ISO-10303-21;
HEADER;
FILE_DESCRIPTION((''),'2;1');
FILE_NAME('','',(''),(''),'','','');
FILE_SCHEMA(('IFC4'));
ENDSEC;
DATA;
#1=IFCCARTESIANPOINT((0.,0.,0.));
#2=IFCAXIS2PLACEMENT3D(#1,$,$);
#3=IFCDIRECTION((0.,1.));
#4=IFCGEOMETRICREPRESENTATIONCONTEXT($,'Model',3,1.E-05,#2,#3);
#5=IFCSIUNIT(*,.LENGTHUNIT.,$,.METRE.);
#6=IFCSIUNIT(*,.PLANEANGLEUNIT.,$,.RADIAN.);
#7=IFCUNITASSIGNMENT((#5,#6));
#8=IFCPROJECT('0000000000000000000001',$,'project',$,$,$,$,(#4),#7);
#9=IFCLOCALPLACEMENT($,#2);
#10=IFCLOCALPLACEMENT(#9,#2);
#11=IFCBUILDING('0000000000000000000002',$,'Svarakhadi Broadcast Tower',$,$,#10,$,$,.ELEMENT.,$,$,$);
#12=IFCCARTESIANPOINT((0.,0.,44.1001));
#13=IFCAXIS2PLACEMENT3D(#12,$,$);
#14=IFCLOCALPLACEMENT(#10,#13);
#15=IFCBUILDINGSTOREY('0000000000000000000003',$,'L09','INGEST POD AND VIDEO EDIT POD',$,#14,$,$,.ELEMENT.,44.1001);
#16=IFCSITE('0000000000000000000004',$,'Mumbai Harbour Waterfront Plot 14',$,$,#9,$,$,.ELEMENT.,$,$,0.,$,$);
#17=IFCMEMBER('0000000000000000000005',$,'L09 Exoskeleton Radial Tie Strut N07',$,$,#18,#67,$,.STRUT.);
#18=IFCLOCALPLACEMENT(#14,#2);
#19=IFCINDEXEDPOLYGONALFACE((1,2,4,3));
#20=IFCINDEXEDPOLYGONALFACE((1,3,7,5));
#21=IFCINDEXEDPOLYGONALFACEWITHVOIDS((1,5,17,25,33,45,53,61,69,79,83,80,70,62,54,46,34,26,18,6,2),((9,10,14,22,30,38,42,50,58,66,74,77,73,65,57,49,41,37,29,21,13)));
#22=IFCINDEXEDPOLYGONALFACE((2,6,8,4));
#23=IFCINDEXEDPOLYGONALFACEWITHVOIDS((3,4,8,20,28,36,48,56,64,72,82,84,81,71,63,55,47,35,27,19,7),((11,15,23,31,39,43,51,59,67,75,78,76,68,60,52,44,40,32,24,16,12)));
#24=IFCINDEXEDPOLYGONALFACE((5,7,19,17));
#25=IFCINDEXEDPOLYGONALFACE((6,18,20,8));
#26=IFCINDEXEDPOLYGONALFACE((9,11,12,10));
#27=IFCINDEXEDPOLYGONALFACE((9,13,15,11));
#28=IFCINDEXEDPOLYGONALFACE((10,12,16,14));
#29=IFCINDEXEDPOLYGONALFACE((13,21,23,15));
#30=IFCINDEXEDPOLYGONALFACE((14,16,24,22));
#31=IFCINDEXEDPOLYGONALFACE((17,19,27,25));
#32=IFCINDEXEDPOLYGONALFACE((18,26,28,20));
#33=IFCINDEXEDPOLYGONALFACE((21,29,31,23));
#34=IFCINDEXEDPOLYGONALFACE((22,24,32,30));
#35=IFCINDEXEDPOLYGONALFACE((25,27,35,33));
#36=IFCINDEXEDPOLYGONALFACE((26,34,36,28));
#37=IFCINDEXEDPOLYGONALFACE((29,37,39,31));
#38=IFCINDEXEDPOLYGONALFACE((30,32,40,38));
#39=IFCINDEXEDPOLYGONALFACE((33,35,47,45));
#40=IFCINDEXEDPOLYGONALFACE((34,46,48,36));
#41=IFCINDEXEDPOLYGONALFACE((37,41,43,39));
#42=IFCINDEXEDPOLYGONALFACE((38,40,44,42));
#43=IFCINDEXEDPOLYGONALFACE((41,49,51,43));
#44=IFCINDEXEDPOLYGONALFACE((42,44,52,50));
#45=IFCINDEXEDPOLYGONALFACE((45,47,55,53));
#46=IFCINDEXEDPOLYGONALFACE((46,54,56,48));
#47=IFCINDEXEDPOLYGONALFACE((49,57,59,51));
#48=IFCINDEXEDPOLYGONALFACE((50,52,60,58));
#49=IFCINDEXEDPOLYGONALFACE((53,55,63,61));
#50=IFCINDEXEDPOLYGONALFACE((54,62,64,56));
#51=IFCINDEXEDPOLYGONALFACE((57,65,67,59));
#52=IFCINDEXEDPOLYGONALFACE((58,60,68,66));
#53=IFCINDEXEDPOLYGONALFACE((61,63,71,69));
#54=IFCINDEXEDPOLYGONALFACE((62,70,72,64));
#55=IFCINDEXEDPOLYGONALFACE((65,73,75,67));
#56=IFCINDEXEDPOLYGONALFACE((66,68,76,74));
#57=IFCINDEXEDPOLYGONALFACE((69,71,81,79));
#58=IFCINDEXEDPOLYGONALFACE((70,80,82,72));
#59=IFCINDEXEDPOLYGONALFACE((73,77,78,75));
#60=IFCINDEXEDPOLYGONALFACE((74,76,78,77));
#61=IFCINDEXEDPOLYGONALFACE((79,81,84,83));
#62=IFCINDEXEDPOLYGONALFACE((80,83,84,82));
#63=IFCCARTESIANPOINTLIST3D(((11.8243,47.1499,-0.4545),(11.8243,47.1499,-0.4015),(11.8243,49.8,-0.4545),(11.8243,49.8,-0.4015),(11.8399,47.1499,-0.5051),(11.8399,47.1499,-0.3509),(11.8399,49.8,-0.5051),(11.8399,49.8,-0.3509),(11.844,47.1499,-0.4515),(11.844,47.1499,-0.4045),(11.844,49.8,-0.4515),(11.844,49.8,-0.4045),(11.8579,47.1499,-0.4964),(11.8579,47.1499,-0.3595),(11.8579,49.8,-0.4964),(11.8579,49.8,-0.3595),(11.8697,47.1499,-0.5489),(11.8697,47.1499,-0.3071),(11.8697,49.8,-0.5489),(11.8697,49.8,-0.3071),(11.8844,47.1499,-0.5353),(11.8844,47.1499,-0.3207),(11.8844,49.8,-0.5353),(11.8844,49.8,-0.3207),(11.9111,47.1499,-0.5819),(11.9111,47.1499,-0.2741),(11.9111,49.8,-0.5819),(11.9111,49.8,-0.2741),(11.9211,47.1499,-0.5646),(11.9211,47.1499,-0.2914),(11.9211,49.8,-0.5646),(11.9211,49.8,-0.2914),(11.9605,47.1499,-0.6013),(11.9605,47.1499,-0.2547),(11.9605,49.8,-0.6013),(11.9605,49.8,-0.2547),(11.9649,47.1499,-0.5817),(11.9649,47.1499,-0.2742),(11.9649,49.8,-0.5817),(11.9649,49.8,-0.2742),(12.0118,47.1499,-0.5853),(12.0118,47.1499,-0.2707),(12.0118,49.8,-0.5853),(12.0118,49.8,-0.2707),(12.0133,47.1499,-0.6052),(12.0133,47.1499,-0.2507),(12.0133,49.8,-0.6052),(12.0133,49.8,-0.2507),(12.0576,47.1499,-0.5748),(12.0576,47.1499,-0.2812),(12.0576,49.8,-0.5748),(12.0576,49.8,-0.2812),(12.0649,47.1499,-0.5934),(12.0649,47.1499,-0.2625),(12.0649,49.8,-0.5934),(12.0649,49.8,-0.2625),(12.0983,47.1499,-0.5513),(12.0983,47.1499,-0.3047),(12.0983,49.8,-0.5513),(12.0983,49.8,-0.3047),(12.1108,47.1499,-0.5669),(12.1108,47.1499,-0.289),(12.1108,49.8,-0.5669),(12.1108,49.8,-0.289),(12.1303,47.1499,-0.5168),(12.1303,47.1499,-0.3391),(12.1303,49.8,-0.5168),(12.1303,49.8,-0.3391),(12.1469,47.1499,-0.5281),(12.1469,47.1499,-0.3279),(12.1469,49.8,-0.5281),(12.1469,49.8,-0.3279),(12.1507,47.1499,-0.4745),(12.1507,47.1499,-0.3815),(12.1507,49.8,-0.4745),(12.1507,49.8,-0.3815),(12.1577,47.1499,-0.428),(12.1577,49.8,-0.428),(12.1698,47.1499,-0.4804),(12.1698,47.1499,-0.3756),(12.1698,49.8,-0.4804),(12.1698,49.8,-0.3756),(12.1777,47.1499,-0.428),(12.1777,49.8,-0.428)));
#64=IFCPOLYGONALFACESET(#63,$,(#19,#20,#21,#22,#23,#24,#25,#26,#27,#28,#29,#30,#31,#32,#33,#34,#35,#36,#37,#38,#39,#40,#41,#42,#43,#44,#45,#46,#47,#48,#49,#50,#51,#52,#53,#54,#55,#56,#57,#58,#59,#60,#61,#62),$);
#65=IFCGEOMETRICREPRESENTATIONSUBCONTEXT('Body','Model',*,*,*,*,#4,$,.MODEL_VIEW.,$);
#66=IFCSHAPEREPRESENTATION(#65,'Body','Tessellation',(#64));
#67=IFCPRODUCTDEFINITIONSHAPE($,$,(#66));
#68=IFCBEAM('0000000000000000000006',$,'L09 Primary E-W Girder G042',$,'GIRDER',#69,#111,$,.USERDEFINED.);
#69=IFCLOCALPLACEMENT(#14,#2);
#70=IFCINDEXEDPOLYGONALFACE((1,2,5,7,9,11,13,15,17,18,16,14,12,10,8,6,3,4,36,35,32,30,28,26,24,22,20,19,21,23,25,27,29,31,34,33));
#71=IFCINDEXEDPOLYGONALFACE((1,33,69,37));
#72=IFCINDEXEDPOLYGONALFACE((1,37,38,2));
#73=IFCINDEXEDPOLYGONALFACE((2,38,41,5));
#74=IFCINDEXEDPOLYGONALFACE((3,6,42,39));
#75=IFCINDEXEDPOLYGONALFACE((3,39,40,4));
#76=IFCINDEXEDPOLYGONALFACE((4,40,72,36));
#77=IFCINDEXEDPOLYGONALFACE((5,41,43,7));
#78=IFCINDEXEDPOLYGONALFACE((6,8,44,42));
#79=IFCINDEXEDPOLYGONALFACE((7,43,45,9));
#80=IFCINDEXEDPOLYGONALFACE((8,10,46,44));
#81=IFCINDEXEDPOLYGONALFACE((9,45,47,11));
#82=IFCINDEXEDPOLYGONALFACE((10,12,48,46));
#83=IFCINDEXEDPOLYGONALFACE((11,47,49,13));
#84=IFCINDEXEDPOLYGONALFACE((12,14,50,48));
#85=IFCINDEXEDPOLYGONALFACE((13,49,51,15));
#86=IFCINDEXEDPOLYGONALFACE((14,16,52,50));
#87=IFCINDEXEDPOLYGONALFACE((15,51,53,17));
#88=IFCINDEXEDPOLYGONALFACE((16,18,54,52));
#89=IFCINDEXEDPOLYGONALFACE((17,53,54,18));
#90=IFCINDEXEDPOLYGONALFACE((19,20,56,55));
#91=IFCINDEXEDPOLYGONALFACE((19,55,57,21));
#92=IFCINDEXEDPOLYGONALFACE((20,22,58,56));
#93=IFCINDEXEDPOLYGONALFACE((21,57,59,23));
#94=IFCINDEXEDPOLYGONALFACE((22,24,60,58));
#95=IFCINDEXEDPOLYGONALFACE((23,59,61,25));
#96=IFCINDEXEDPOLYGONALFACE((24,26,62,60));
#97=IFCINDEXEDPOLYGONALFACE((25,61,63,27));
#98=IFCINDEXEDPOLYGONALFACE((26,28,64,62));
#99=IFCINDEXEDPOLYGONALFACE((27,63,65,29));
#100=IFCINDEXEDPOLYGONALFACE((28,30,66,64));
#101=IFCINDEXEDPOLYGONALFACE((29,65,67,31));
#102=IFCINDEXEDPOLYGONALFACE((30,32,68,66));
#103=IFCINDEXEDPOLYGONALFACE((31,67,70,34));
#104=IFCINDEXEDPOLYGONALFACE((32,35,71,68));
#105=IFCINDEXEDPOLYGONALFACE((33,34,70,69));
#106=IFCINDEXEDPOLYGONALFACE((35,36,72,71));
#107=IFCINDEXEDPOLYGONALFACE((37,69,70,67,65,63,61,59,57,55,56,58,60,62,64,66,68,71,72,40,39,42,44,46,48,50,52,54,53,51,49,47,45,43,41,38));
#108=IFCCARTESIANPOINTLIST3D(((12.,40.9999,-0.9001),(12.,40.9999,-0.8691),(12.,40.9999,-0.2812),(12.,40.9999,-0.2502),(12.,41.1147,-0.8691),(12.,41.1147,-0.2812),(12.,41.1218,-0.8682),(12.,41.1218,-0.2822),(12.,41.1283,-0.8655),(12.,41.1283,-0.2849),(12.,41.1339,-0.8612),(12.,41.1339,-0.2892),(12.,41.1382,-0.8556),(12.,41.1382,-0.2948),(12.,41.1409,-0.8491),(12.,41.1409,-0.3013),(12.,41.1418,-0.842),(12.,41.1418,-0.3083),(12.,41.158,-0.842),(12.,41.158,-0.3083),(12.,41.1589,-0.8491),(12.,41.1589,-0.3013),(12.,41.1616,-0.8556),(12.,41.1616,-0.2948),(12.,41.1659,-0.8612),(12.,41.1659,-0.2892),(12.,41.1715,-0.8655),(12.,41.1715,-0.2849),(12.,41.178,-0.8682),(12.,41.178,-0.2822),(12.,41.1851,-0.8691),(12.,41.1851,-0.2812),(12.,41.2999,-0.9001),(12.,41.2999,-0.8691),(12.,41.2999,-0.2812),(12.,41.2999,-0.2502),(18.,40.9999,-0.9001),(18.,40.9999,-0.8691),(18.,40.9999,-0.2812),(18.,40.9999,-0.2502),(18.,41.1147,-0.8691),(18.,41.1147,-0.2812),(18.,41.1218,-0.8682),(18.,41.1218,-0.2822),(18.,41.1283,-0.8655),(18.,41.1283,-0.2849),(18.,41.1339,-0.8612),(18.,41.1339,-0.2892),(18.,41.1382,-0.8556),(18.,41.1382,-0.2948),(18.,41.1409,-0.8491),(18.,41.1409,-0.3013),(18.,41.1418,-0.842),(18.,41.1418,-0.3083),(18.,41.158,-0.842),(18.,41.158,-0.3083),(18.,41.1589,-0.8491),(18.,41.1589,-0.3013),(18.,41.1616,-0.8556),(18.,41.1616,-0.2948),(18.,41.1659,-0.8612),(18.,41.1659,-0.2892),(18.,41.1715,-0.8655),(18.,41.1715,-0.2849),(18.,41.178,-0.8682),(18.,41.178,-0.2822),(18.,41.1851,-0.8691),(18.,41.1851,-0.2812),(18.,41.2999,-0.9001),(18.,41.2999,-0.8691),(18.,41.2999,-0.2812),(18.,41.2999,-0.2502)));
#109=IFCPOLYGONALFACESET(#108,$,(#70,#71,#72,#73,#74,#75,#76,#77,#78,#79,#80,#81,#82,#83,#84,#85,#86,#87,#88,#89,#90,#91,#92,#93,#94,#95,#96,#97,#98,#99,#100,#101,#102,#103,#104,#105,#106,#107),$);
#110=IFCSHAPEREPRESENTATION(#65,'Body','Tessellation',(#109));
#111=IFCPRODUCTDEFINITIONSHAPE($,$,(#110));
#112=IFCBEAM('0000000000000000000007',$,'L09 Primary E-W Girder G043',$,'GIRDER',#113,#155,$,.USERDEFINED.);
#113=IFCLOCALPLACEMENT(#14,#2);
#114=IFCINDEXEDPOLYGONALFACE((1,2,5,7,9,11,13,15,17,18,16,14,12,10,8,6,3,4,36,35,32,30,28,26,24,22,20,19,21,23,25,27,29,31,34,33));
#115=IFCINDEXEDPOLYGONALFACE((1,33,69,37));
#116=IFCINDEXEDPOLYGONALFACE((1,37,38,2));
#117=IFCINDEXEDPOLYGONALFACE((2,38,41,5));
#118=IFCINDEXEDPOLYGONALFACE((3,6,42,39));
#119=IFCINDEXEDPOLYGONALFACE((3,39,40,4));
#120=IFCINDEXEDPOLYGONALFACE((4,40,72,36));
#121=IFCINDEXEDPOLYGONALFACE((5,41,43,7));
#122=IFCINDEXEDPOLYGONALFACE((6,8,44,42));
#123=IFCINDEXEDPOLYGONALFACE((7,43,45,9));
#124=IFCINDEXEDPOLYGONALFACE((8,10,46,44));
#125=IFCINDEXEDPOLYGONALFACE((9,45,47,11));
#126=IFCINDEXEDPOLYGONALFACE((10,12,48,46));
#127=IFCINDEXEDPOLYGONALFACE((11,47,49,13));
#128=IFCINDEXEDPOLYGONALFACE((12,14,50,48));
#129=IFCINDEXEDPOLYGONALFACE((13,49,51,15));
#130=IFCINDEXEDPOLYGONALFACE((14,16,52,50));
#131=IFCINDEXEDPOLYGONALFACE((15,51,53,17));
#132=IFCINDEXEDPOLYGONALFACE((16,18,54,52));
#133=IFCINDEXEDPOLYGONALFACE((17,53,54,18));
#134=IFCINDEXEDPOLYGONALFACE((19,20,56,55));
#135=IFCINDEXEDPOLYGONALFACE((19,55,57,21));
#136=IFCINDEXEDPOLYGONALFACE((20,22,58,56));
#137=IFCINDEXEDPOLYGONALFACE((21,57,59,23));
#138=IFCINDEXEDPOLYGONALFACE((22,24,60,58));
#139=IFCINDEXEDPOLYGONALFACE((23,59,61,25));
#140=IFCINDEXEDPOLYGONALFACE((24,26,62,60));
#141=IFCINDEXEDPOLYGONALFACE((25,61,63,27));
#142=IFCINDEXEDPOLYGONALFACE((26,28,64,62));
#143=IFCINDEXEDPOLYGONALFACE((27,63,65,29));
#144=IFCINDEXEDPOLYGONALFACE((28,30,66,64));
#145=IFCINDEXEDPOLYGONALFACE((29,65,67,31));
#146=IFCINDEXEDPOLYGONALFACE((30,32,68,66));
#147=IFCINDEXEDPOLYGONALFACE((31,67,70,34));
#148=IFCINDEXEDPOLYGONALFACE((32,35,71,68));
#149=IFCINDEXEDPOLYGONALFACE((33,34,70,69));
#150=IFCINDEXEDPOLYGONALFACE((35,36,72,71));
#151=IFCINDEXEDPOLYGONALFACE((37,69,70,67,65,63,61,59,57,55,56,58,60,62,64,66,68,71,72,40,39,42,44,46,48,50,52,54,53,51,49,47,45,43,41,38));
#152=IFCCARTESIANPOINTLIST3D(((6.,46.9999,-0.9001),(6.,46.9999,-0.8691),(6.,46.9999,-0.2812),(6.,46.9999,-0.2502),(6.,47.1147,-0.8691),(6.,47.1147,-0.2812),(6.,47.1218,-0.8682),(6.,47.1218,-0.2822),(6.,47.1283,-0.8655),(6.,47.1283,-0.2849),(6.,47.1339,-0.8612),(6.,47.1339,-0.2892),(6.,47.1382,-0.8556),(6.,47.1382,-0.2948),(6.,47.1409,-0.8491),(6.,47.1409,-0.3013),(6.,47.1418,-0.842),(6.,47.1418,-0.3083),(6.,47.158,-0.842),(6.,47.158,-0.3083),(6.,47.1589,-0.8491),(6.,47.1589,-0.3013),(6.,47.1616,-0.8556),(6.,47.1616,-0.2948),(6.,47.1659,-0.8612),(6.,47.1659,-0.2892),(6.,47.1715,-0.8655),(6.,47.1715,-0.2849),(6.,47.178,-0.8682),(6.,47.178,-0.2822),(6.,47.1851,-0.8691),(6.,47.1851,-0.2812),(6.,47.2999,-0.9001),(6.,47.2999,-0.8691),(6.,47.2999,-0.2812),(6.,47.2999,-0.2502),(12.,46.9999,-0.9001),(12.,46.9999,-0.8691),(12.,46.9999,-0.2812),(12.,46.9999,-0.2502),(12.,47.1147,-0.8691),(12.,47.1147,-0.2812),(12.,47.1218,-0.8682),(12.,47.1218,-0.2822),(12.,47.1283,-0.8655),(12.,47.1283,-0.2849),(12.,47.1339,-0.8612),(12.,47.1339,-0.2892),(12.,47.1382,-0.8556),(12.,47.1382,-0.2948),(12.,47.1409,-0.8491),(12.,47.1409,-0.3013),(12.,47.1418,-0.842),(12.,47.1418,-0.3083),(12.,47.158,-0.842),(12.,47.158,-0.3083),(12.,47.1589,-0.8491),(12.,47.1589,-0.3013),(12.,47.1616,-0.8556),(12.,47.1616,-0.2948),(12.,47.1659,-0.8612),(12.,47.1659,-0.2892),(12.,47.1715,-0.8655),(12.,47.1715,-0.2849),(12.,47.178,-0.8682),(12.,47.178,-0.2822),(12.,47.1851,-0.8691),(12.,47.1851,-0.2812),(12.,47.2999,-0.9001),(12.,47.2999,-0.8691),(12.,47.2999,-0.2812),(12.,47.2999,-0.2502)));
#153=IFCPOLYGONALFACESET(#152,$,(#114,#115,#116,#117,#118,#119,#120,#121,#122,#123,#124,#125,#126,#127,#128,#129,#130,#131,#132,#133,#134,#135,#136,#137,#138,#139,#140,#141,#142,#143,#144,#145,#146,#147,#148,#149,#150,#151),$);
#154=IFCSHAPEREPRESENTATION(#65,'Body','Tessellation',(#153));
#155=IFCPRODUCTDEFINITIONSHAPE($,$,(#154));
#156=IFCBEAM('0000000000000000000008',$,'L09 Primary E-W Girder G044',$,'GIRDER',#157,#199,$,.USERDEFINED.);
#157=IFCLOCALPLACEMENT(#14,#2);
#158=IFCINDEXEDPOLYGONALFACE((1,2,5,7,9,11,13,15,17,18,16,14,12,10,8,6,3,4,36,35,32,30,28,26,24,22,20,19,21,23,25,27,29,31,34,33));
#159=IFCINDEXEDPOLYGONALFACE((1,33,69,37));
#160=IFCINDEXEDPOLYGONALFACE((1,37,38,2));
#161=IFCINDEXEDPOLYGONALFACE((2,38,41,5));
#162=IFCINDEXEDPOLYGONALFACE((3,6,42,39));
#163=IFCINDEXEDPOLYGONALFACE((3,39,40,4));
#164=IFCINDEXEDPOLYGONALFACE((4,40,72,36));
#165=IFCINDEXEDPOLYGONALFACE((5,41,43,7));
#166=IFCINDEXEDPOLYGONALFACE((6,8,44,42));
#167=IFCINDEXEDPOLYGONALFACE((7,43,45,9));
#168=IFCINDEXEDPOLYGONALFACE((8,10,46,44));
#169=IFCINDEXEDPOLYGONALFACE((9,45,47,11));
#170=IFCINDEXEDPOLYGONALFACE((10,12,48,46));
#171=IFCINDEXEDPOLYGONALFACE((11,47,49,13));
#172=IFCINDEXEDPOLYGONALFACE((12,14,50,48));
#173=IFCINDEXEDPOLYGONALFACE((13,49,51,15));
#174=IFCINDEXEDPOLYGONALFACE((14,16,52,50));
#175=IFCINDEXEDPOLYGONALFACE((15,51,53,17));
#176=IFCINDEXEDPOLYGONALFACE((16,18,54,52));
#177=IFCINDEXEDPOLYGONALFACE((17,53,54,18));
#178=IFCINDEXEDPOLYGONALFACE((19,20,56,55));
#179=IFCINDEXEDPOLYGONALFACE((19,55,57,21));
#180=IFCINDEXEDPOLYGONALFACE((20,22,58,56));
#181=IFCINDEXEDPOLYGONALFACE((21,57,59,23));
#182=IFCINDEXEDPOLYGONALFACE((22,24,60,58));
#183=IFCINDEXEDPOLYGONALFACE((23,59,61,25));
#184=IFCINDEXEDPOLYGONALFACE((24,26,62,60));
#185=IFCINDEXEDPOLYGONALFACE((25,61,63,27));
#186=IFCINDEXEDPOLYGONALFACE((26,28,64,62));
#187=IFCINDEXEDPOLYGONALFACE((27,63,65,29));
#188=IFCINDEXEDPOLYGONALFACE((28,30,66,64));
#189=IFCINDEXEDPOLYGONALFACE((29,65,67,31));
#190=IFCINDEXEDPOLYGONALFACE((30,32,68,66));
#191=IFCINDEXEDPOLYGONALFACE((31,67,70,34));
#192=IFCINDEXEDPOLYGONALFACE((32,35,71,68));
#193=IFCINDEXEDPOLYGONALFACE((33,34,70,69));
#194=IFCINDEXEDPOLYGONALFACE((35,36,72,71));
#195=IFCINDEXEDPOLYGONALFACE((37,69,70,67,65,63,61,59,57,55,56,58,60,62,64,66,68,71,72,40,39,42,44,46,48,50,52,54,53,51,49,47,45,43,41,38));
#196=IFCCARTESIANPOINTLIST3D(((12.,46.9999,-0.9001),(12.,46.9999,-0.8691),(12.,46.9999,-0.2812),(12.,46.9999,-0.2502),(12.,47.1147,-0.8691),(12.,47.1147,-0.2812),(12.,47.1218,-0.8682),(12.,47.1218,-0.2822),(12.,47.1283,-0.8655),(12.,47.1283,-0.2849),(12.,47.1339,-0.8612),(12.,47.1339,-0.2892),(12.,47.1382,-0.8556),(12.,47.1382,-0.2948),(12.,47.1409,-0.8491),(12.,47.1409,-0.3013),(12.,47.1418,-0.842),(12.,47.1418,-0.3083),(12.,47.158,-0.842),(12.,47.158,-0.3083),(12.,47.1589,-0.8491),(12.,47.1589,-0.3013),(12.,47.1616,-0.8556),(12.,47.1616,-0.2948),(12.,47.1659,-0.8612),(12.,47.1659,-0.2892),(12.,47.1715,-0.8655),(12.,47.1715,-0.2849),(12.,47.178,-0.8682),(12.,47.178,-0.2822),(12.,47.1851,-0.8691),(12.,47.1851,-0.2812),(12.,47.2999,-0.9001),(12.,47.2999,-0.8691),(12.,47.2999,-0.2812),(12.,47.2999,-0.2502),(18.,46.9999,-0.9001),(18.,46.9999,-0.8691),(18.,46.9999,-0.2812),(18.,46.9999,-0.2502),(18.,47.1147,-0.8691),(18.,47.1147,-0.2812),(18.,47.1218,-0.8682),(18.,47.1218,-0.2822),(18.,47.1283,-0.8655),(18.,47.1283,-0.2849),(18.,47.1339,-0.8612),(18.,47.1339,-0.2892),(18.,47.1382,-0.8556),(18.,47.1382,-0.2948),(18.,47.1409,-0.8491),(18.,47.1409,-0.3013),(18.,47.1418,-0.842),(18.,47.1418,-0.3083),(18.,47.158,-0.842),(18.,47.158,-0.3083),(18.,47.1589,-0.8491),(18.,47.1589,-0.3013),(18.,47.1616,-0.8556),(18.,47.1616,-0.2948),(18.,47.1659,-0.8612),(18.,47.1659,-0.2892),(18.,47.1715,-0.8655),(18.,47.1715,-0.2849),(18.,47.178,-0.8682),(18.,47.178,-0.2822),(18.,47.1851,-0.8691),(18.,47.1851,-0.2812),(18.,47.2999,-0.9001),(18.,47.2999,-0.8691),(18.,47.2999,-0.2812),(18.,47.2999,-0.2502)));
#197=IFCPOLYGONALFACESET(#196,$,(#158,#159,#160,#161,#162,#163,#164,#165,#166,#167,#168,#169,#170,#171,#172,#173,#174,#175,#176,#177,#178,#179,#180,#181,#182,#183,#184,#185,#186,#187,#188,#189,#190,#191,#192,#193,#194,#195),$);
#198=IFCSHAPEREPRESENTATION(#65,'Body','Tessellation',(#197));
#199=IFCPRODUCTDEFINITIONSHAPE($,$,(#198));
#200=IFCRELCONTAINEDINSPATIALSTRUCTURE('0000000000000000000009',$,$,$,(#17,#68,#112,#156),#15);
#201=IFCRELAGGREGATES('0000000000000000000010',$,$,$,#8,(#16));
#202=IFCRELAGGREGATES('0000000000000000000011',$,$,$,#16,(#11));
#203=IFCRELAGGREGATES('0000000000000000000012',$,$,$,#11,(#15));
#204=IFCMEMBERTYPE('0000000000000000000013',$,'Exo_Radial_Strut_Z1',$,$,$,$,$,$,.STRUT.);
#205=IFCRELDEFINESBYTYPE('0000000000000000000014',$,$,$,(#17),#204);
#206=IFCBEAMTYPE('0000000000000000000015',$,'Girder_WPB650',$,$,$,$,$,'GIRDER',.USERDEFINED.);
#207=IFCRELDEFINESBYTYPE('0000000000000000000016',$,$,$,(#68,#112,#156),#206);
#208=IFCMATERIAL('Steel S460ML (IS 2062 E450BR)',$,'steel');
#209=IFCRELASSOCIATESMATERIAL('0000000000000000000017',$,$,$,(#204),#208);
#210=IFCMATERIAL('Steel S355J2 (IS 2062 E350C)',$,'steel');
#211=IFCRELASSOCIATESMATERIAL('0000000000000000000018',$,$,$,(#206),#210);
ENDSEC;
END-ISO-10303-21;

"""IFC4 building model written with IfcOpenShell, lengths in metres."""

from ifc_helpers import new_model, si_unit, direction, frame, origin, origin_2d, place, context, subcontext, project, spatial, hollow_circle, i_section, extrude, material, material_profile, profile_set, type_object, element, save


model = new_model("IFC4")

# Units and contexts
model_context = context("Model", 3, precision=1e-05, world=origin(), true_north=direction((0.0, 1.0)))
body_context = subcontext(model_context, "Body", "Model", "MODEL_VIEW")
ifc_project = project(units=[si_unit("LENGTHUNIT", "METRE"), si_unit("PLANEANGLEUNIT", "RADIAN")], contexts=[model_context])

# Site, building, storey
site_placement = place(None, origin())
site = spatial("IfcSite", under=ifc_project, at=site_placement, Name="Mumbai Harbour Waterfront Plot 14", CompositionType="ELEMENT", RefElevation=0.0)
building_placement = place(site_placement, origin())
building = spatial("IfcBuilding", under=site, at=building_placement, Name="Svarakhadi Broadcast Tower", CompositionType="ELEMENT")
storey_placement = place(building_placement, frame((0.0, 0.0, 44.1001)))
storey = spatial("IfcBuildingStorey", under=building, at=storey_placement, Name="L09", Description="INGEST POD AND VIDEO EDIT POD", CompositionType="ELEMENT", Elevation=44.1001)

# Shared definitions
ifc_material_1 = material(Name="Steel S460ML (IS 2062 E450BR)", Category="steel")

# Shared definitions
ifc_material_2 = material(Name="Steel S355J2 (IS 2062 E350C)", Category="steel")

# Member
ifc_material_profile_1 = material_profile(ifc_material_1, hollow_circle(Radius=0.1777, WallThickness=0.02, at=origin_2d()), Name="CHS 355.6x20")
ifc_profile_set_1 = profile_set([ifc_material_profile_1], Name="Steel S460ML (IS 2062 E450BR)")
member_type_1 = type_object("IfcMemberType", Name="Exo_Radial_Strut_Z1", PredefinedType="STRUT", material=ifc_profile_set_1)
member_1_placement = place(storey_placement, frame((12.0, 49.8, -0.428), z_axis=(0.0, -1.0, 0.0), x_axis=(1.0, 0.0, 0.0)))
element("IfcMember", 1, at=member_1_placement, inside=storey, type_object=member_type_1, Name="L09 Exoskeleton Radial Tie Strut N07", PredefinedType="STRUT", context=body_context, shape_type="SweptSolid", body=[
    extrude(hollow_circle(Radius=0.1777, WallThickness=0.02, at=origin_2d()), origin(), (0.0, 0.0, 1.0), 2.6501),
])

# Beams
ifc_material_profile_2 = material_profile(ifc_material_2, i_section(OverallWidth=0.3, OverallDepth=0.6499, WebThickness=0.0161, FlangeThickness=0.031, FilletRadius=0.0271, at=origin_2d()), Name="WPB 650x300x225")
ifc_profile_set_2 = profile_set([ifc_material_profile_2], Name="Steel S355J2 (IS 2062 E350C)")
beam_type_1 = type_object("IfcBeamType", Name="Girder_WPB650", ElementType="GIRDER", PredefinedType="USERDEFINED", material=ifc_profile_set_2)
for number, where, z_axis, x_axis, name in (
    (2, (12.0, 41.1499, -0.5752), (1.0, 0.0, 0.0), (0.0, 1.0, 0.0), "L09 Primary E-W Girder G042"),
    (3, (6.0, 47.1499, -0.5752), (1.0, 0.0, 0.0), (0.0, 1.0, 0.0), "L09 Primary E-W Girder G043"),
    (4, (12.0, 47.1499, -0.5752), (1.0, 0.0, 0.0), (0.0, 1.0, 0.0), "L09 Primary E-W Girder G044"),
):
    element("IfcBeam", number, at=place(storey_placement, frame(where, z_axis=z_axis, x_axis=x_axis)), inside=storey, type_object=beam_type_1, Name=name, ObjectType="GIRDER", PredefinedType="USERDEFINED", context=body_context, shape_type="SweptSolid", body=[
        extrude(i_section(OverallWidth=0.3, OverallDepth=0.6499, WebThickness=0.0161, FlangeThickness=0.031, FilletRadius=0.0271, at=origin_2d()), origin(), (0.0, 0.0, 1.0), 6.0),
    ])

save(model, "model.ifc")
